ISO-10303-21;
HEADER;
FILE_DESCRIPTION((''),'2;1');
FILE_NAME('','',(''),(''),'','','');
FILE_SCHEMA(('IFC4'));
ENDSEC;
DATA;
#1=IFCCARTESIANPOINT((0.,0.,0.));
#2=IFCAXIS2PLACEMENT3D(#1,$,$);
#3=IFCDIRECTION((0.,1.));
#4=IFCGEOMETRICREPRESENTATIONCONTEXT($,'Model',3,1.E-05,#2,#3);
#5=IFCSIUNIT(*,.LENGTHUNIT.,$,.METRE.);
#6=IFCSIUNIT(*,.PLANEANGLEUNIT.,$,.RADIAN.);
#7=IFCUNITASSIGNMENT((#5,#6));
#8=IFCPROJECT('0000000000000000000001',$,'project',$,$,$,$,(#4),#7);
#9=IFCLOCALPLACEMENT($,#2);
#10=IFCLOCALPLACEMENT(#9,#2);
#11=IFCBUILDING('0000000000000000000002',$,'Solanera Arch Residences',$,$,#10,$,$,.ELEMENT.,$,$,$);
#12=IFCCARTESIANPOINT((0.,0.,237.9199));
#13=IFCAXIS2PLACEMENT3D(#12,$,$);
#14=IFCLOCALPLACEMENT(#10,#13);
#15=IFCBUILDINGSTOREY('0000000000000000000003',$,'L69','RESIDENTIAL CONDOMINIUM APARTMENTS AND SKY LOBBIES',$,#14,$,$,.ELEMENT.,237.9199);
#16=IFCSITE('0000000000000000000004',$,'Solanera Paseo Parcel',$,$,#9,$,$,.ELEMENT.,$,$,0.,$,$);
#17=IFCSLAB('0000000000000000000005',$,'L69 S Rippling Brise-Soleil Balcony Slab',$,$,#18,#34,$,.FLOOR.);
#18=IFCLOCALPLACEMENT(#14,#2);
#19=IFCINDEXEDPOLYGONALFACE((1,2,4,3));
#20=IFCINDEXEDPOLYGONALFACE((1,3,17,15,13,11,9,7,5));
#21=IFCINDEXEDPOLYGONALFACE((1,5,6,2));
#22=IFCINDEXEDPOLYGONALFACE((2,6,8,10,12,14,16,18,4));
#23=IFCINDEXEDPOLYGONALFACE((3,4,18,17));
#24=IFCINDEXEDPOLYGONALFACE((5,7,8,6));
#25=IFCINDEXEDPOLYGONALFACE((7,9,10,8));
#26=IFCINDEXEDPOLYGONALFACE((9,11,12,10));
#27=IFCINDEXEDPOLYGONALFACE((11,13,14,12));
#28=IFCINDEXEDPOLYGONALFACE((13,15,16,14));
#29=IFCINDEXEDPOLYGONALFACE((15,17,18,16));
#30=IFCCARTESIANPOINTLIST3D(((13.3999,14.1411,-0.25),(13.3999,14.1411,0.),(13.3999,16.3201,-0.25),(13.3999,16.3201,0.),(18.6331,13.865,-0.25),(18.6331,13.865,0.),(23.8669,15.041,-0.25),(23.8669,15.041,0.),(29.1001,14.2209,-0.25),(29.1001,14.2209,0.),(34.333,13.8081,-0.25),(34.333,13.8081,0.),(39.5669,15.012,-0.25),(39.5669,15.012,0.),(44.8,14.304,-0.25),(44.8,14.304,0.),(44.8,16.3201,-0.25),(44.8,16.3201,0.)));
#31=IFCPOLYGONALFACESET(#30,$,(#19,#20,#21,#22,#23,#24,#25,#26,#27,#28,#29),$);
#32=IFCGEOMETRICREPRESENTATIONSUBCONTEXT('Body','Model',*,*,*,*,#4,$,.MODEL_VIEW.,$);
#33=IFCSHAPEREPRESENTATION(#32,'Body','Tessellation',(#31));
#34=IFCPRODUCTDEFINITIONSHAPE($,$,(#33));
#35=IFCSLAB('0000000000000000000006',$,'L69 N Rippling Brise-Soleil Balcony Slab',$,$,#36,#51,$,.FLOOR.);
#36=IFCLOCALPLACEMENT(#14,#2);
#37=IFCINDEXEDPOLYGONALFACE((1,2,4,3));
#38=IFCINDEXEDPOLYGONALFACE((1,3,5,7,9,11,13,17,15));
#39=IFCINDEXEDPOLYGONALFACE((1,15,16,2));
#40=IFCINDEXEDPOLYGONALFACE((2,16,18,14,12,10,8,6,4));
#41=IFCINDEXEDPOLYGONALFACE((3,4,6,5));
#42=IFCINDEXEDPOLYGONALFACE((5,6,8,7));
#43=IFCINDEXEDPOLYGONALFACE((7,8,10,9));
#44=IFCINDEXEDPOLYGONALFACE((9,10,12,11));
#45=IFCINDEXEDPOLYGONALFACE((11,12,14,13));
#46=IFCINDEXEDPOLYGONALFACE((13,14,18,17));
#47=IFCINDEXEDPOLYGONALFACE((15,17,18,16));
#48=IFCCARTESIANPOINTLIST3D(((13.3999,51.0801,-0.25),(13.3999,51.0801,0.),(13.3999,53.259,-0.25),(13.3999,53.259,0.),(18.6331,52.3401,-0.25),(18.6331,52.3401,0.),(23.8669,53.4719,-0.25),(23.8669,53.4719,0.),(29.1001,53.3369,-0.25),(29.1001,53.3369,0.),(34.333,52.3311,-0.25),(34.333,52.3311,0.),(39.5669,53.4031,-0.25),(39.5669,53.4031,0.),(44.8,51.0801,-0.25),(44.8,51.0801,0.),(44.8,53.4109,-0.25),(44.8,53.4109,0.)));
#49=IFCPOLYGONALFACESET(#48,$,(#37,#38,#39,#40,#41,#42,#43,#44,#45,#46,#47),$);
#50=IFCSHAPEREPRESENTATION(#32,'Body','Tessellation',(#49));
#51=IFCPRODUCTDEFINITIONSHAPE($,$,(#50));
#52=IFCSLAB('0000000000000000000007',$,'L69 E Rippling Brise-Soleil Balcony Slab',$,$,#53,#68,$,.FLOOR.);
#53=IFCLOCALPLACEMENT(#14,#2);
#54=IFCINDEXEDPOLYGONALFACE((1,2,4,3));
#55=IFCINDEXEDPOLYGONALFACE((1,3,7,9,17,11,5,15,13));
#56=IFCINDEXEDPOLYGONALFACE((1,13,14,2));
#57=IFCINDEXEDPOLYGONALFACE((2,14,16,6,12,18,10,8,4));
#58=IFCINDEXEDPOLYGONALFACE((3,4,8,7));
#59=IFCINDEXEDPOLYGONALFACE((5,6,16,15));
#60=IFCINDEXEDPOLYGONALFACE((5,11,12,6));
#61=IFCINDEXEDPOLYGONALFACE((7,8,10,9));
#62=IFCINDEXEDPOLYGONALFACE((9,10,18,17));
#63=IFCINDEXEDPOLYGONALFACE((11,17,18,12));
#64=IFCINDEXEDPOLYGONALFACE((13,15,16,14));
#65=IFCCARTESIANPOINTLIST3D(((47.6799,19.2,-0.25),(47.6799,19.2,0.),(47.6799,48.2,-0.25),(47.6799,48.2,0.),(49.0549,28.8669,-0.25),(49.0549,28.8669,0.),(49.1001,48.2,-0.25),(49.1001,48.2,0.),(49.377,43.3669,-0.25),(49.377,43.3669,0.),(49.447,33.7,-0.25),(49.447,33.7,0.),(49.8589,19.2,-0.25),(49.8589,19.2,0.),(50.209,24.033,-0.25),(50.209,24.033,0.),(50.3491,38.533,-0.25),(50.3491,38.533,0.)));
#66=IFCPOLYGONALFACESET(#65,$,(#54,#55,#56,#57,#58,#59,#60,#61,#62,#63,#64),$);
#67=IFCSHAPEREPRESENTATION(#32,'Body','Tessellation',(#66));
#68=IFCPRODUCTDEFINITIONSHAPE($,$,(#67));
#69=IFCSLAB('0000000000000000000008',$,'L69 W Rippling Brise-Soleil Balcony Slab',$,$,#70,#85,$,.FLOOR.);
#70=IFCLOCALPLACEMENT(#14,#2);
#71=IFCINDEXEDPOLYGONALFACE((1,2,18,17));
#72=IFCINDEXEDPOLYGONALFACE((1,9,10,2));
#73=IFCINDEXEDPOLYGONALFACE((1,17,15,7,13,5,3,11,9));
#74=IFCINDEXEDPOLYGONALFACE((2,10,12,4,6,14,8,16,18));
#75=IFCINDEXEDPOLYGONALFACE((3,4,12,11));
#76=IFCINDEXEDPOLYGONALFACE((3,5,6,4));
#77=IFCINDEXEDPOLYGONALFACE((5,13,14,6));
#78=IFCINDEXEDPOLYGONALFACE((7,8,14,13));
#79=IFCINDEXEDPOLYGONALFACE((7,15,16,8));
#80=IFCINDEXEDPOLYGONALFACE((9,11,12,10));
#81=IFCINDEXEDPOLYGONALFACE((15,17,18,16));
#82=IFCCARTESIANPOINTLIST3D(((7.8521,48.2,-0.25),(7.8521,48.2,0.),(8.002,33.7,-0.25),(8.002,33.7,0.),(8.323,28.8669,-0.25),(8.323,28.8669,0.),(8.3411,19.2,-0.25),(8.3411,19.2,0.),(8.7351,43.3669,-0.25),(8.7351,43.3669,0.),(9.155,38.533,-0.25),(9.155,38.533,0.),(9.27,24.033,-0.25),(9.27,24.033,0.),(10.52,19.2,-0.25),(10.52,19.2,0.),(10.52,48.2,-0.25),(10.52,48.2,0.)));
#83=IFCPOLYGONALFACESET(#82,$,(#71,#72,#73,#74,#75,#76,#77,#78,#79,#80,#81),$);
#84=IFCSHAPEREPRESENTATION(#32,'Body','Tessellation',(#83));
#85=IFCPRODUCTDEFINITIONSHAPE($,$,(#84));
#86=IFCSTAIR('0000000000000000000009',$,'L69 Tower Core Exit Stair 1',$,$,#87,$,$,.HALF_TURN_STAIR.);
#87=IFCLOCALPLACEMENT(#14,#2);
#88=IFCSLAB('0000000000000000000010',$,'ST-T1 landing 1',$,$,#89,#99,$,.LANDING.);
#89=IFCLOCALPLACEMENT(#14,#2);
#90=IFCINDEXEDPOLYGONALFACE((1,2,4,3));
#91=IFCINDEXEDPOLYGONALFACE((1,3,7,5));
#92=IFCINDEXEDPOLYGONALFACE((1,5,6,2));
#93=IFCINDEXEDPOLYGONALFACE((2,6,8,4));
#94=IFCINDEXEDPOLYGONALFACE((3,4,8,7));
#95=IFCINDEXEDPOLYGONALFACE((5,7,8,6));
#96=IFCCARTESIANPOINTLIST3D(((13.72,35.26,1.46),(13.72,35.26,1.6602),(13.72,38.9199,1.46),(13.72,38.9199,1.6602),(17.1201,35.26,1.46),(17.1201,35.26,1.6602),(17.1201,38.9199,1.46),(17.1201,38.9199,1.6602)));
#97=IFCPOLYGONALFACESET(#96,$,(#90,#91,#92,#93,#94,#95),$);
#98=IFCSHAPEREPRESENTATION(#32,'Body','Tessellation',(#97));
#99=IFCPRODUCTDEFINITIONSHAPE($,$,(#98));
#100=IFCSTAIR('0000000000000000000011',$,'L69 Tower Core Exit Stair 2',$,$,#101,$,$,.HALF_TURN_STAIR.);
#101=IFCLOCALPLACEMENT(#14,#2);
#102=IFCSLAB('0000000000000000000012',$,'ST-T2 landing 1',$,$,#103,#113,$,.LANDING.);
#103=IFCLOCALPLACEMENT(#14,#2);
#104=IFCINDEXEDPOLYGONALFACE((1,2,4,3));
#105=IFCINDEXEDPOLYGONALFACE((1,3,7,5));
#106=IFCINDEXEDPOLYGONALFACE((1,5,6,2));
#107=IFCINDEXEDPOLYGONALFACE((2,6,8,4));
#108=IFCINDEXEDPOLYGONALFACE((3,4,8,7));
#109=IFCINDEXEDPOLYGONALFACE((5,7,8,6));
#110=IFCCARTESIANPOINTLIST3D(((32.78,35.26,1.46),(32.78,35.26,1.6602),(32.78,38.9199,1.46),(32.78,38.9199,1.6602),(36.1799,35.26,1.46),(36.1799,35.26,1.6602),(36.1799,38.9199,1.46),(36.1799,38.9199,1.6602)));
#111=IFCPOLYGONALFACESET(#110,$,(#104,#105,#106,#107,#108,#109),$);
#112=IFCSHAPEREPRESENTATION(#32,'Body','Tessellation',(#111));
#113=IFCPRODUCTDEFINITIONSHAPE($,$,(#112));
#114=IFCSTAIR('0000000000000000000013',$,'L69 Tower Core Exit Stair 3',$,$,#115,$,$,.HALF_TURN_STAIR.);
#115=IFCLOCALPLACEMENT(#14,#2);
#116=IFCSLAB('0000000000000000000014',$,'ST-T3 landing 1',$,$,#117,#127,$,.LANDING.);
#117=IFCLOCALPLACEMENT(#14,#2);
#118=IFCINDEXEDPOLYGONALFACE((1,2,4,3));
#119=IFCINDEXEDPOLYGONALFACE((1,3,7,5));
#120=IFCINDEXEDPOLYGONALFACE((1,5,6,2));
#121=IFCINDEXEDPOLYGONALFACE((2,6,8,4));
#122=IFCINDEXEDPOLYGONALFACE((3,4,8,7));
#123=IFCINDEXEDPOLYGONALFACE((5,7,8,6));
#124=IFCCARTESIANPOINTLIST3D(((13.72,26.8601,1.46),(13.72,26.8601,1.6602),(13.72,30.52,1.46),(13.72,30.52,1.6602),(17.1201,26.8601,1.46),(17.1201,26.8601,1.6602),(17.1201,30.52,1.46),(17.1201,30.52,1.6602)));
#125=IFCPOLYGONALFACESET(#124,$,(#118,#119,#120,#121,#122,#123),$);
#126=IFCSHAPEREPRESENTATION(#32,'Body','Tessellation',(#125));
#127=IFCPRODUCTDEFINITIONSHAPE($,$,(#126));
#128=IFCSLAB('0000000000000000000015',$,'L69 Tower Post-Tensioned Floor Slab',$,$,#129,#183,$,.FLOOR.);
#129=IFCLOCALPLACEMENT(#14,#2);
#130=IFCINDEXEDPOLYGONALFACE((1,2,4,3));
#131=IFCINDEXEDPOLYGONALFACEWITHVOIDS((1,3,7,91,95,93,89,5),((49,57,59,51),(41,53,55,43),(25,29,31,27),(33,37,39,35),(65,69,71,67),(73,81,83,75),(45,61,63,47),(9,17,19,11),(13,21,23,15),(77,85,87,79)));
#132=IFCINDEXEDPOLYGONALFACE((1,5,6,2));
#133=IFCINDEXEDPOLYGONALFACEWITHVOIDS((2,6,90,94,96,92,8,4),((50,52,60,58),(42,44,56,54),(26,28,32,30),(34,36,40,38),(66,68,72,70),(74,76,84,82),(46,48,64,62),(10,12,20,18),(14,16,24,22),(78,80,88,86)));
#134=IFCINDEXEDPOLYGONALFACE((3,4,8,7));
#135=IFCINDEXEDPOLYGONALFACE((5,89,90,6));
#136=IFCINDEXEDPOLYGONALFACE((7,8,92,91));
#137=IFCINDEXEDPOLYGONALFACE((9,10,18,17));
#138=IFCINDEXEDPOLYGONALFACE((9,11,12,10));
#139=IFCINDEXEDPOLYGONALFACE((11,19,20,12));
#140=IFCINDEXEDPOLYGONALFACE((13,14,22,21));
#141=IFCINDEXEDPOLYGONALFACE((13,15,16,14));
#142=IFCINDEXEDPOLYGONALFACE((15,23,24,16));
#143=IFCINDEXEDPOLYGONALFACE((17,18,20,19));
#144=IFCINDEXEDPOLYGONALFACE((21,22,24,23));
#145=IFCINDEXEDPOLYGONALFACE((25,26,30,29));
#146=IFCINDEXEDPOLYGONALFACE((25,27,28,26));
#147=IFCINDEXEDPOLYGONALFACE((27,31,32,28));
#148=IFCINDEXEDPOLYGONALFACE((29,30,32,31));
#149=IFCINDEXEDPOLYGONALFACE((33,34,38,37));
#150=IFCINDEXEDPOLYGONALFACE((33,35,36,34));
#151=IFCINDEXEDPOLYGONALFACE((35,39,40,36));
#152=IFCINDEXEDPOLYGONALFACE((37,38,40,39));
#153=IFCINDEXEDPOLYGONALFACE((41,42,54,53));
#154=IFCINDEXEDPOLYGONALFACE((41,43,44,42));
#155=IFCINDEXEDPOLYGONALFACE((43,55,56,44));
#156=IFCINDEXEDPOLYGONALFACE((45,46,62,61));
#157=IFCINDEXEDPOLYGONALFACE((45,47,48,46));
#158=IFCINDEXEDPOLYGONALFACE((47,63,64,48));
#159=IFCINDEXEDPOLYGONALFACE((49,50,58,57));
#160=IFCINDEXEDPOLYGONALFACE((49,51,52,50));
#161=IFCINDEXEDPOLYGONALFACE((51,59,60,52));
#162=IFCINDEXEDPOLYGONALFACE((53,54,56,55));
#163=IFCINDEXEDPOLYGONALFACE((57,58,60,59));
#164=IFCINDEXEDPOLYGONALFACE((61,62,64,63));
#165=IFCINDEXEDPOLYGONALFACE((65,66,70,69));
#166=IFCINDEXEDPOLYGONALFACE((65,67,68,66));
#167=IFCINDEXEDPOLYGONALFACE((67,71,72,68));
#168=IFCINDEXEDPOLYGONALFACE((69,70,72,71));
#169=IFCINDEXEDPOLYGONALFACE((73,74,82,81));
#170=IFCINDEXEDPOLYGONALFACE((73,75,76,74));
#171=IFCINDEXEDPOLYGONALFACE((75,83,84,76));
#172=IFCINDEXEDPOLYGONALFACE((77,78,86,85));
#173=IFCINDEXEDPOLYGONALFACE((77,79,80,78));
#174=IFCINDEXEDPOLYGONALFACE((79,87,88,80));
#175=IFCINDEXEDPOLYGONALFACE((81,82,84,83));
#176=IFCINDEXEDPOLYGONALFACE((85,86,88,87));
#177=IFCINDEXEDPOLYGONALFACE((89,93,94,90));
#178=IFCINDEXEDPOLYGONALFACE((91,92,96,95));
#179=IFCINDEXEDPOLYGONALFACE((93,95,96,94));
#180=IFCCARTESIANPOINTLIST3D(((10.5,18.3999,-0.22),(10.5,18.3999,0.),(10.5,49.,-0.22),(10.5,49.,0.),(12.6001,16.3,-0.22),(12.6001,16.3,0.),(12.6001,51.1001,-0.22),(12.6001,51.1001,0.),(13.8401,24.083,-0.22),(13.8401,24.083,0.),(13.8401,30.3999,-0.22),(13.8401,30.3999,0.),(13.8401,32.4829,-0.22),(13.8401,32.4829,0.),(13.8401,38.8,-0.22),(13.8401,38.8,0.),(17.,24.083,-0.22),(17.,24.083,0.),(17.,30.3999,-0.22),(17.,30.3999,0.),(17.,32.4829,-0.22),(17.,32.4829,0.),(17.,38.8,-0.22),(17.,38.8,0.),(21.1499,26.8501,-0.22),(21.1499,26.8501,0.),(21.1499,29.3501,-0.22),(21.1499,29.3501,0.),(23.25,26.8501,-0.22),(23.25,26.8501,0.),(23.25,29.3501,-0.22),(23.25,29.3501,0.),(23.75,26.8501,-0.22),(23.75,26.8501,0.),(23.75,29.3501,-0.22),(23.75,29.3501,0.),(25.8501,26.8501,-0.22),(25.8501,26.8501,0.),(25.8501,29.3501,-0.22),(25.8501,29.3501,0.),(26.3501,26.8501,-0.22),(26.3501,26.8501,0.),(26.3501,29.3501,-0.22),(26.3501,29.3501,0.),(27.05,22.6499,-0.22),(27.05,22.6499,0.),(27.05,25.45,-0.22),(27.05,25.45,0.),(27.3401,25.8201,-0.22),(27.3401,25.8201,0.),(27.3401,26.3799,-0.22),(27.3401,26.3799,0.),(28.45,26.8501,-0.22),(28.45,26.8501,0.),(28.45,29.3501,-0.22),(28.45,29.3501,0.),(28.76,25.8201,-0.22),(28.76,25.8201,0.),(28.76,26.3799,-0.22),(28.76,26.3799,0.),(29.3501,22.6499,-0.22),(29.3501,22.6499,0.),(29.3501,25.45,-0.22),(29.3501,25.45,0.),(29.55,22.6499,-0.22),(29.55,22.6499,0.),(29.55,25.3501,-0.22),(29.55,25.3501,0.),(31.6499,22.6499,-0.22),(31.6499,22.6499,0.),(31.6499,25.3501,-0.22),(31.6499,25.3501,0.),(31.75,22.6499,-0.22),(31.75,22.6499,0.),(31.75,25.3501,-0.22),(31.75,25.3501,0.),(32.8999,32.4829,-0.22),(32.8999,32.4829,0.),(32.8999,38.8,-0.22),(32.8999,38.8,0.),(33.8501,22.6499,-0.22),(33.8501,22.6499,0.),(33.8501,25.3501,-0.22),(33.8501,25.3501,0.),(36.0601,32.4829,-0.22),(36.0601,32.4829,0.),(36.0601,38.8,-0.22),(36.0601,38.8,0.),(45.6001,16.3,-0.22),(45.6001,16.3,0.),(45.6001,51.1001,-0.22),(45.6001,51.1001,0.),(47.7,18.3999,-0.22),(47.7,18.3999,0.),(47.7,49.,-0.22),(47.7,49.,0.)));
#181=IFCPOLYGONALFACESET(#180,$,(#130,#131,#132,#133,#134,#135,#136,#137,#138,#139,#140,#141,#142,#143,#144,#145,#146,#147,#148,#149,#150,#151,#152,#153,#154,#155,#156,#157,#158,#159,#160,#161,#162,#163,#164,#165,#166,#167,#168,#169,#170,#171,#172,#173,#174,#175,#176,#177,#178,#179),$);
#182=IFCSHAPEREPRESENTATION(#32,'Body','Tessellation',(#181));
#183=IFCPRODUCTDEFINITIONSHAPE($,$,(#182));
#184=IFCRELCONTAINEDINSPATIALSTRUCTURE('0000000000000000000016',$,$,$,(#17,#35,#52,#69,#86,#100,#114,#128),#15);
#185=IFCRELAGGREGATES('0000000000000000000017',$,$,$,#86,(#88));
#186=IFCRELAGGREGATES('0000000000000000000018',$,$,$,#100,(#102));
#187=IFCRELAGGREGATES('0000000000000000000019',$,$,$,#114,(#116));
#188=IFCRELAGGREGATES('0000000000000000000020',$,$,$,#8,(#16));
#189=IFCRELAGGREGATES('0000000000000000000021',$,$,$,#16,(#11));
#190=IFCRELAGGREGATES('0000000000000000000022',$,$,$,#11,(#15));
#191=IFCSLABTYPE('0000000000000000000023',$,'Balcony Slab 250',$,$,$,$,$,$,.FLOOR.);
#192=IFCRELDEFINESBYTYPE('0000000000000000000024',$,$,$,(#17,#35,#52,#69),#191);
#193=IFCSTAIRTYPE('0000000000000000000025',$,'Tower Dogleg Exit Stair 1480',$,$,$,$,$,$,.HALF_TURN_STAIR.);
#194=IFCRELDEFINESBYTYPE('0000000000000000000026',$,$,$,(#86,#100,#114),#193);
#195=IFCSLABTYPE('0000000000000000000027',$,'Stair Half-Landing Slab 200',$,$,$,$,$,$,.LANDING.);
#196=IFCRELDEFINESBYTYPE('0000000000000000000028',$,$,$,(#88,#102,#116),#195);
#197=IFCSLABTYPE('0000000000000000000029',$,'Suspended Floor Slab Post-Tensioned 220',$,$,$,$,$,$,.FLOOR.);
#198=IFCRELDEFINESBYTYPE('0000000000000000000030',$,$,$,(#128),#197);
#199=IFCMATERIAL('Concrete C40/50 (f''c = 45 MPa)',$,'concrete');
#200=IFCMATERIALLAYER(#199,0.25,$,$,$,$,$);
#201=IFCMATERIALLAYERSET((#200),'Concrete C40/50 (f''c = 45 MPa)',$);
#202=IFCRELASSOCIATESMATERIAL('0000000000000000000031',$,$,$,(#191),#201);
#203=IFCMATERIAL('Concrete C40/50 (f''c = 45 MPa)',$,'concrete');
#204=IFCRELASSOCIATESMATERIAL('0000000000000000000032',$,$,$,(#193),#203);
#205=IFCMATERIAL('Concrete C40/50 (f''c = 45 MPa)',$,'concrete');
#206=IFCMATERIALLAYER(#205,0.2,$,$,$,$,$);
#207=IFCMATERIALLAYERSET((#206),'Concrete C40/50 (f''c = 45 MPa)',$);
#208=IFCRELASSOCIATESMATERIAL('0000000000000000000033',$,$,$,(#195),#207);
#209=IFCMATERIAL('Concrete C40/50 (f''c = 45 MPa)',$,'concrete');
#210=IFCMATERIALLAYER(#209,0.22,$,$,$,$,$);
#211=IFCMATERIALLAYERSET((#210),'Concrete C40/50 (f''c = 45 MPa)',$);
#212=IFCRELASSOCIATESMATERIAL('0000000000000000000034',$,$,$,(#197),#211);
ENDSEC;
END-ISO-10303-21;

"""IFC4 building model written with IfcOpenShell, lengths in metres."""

from ifc_helpers import new_model, si_unit, direction, frame, origin, place, context, subcontext, project, spatial, polyline, outline, extrude, material, layer, layer_set, type_object, element, aggregate, save


model = new_model("IFC4")

# Units and contexts
model_context = context("Model", 3, precision=1e-05, world=origin(), true_north=direction((0.0, 1.0)))
body_context = subcontext(model_context, "Body", "Model", "MODEL_VIEW")
ifc_project = project(units=[si_unit("LENGTHUNIT", "METRE"), si_unit("PLANEANGLEUNIT", "RADIAN")], contexts=[model_context])

# Site, building, storey
site_placement = place(None, origin())
site = spatial("IfcSite", under=ifc_project, at=site_placement, Name="Solanera Paseo Parcel", CompositionType="ELEMENT", RefElevation=0.0)
building_placement = place(site_placement, origin())
building = spatial("IfcBuilding", under=site, at=building_placement, Name="Solanera Arch Residences", CompositionType="ELEMENT")
storey_placement = place(building_placement, frame((0.0, 0.0, 237.9199)))
storey = spatial("IfcBuildingStorey", under=building, at=storey_placement, Name="L69", Description="RESIDENTIAL CONDOMINIUM APARTMENTS AND SKY LOBBIES", CompositionType="ELEMENT", Elevation=237.9199)

# Slabs
ifc_material_1 = material(Name="Concrete C40/50 (f'c = 45 MPa)", Category="concrete")
ifc_layer_1 = layer(ifc_material_1, 0.25)
ifc_layer_set_1 = layer_set([ifc_layer_1], Name="Concrete C40/50 (f'c = 45 MPa)")
slab_type_1 = type_object("IfcSlabType", Name="Balcony Slab 250", PredefinedType="FLOOR", material=ifc_layer_set_1)
slab_1_placement = place(storey_placement, frame((0.0, 0.0, -0.25)))
element("IfcSlab", 1, at=slab_1_placement, inside=storey, type_object=slab_type_1, Name="L69 S Rippling Brise-Soleil Balcony Slab", PredefinedType="FLOOR", context=body_context, shape_type="SweptSolid", body=[
    extrude(outline(polyline([(13.3999, 14.1411), (18.6331, 13.865), (23.8669, 15.041), (29.1001, 14.2209), (34.333, 13.8081), (39.5669, 15.012), (44.8, 14.304), (44.8, 16.3201), (13.3999, 16.3201), (13.3999, 14.1411)])), origin(), (0.0, 0.0, 1.0), 0.25),
])
slab_2_placement = place(storey_placement, frame((0.0, 0.0, -0.25)))
element("IfcSlab", 2, at=slab_2_placement, inside=storey, type_object=slab_type_1, Name="L69 N Rippling Brise-Soleil Balcony Slab", PredefinedType="FLOOR", context=body_context, shape_type="SweptSolid", body=[
    extrude(outline(polyline([(44.8, 53.4109), (39.5669, 53.4031), (34.333, 52.3311), (29.1001, 53.3369), (23.8669, 53.4719), (18.6331, 52.3401), (13.3999, 53.259), (13.3999, 51.0801), (44.8, 51.0801), (44.8, 53.4109)])), origin(), (0.0, 0.0, 1.0), 0.25),
])
slab_3_placement = place(storey_placement, frame((0.0, 0.0, -0.25)))
element("IfcSlab", 3, at=slab_3_placement, inside=storey, type_object=slab_type_1, Name="L69 E Rippling Brise-Soleil Balcony Slab", PredefinedType="FLOOR", context=body_context, shape_type="SweptSolid", body=[
    extrude(outline(polyline([(49.8589, 19.2), (50.209, 24.033), (49.0549, 28.8669), (49.447, 33.7), (50.3491, 38.533), (49.377, 43.3669), (49.1001, 48.2), (47.6799, 48.2), (47.6799, 19.2), (49.8589, 19.2)])), origin(), (0.0, 0.0, 1.0), 0.25),
])
slab_4_placement = place(storey_placement, frame((0.0, 0.0, -0.25)))
element("IfcSlab", 4, at=slab_4_placement, inside=storey, type_object=slab_type_1, Name="L69 W Rippling Brise-Soleil Balcony Slab", PredefinedType="FLOOR", context=body_context, shape_type="SweptSolid", body=[
    extrude(outline(polyline([(7.8521, 48.2), (8.7351, 43.3669), (9.155, 38.533), (8.002, 33.7), (8.323, 28.8669), (9.27, 24.033), (8.3411, 19.2), (10.52, 19.2), (10.52, 48.2), (7.8521, 48.2)])), origin(), (0.0, 0.0, 1.0), 0.25),
])

# Stairs, slabs
ifc_material_2 = material(Name="Concrete C40/50 (f'c = 45 MPa)", Category="concrete")
stair_type = type_object("IfcStairType", Name="Tower Dogleg Exit Stair 1480", PredefinedType="HALF_TURN_STAIR", material=ifc_material_2)
stair_1_placement = place(storey_placement, origin())
stair_1 = element("IfcStair", 5, at=stair_1_placement, inside=storey, type_object=stair_type, Name="L69 Tower Core Exit Stair 1", PredefinedType="HALF_TURN_STAIR")
ifc_material_3 = material(Name="Concrete C40/50 (f'c = 45 MPa)", Category="concrete")
ifc_layer_2 = layer(ifc_material_3, 0.2)
ifc_layer_set_2 = layer_set([ifc_layer_2], Name="Concrete C40/50 (f'c = 45 MPa)")
slab_type_2 = type_object("IfcSlabType", Name="Stair Half-Landing Slab 200", PredefinedType="LANDING", material=ifc_layer_set_2)
slab_5_placement = place(storey_placement, frame((0.0, 0.0, 1.46)))
slab_5 = element("IfcSlab", 6, at=slab_5_placement, type_object=slab_type_2, Name="ST-T1 landing 1", PredefinedType="LANDING", context=body_context, shape_type="SweptSolid", body=[
    extrude(outline(polyline([(17.1201, 35.26), (17.1201, 38.9199), (13.72, 38.9199), (13.72, 35.26), (17.1201, 35.26)])), origin(), (0.0, 0.0, 1.0), 0.2002),
])
aggregate(stair_1, [slab_5])
stair_2_placement = place(storey_placement, origin())
stair_2 = element("IfcStair", 7, at=stair_2_placement, inside=storey, type_object=stair_type, Name="L69 Tower Core Exit Stair 2", PredefinedType="HALF_TURN_STAIR")
slab_6_placement = place(storey_placement, frame((0.0, 0.0, 1.46)))
slab_6 = element("IfcSlab", 8, at=slab_6_placement, type_object=slab_type_2, Name="ST-T2 landing 1", PredefinedType="LANDING", context=body_context, shape_type="SweptSolid", body=[
    extrude(outline(polyline([(36.1799, 35.26), (36.1799, 38.9199), (32.78, 38.9199), (32.78, 35.26), (36.1799, 35.26)])), origin(), (0.0, 0.0, 1.0), 0.2002),
])
aggregate(stair_2, [slab_6])
stair_3_placement = place(storey_placement, origin())
stair_3 = element("IfcStair", 9, at=stair_3_placement, inside=storey, type_object=stair_type, Name="L69 Tower Core Exit Stair 3", PredefinedType="HALF_TURN_STAIR")
slab_7_placement = place(storey_placement, frame((0.0, 0.0, 1.46)))
slab_7 = element("IfcSlab", 10, at=slab_7_placement, type_object=slab_type_2, Name="ST-T3 landing 1", PredefinedType="LANDING", context=body_context, shape_type="SweptSolid", body=[
    extrude(outline(polyline([(17.1201, 26.8601), (17.1201, 30.52), (13.72, 30.52), (13.72, 26.8601), (17.1201, 26.8601)])), origin(), (0.0, 0.0, 1.0), 0.2002),
])
aggregate(stair_3, [slab_7])

# Slab
ifc_material_4 = material(Name="Concrete C40/50 (f'c = 45 MPa)", Category="concrete")
ifc_layer_3 = layer(ifc_material_4, 0.22)
ifc_layer_set_3 = layer_set([ifc_layer_3], Name="Concrete C40/50 (f'c = 45 MPa)")
slab_type_3 = type_object("IfcSlabType", Name="Suspended Floor Slab Post-Tensioned 220", PredefinedType="FLOOR", material=ifc_layer_set_3)
slab_8_placement = place(storey_placement, frame((0.0, 0.0, -0.22)))
element("IfcSlab", 11, at=slab_8_placement, inside=storey, type_object=slab_type_3, Name="L69 Tower Post-Tensioned Floor Slab", PredefinedType="FLOOR", context=body_context, shape_type="SweptSolid", body=[
    extrude(outline(polyline([(12.6001, 16.3), (45.6001, 16.3), (47.7, 18.3999), (47.7, 49.0), (45.6001, 51.1001), (12.6001, 51.1001), (10.5, 49.0), (10.5, 18.3999), (12.6001, 16.3)]), holes=[polyline([(13.8401, 32.4829), (13.8401, 38.8), (17.0, 38.8), (17.0, 32.4829), (13.8401, 32.4829)]), polyline([(32.8999, 32.4829), (32.8999, 38.8), (36.0601, 38.8), (36.0601, 32.4829), (32.8999, 32.4829)]), polyline([(13.8401, 24.083), (13.8401, 30.3999), (17.0, 30.3999), (17.0, 24.083), (13.8401, 24.083)]), polyline([(21.1499, 29.3501), (23.25, 29.3501), (23.25, 26.8501), (21.1499, 26.8501), (21.1499, 29.3501)]), polyline([(23.75, 29.3501), (25.8501, 29.3501), (25.8501, 26.8501), (23.75, 26.8501), (23.75, 29.3501)]), polyline([(26.3501, 29.3501), (28.45, 29.3501), (28.45, 26.8501), (26.3501, 26.8501), (26.3501, 29.3501)]), polyline([(29.55, 25.3501), (31.6499, 25.3501), (31.6499, 22.6499), (29.55, 22.6499), (29.55, 25.3501)]), polyline([(31.75, 25.3501), (33.8501, 25.3501), (33.8501, 22.6499), (31.75, 22.6499), (31.75, 25.3501)]), polyline([(27.05, 25.45), (29.3501, 25.45), (29.3501, 22.6499), (27.05, 22.6499), (27.05, 25.45)]), polyline([(27.3401, 26.3799), (28.76, 26.3799), (28.76, 25.8201), (27.3401, 25.8201), (27.3401, 26.3799)])]), origin(), (0.0, 0.0, 1.0), 0.22),
])

save(model, "model.ifc")
